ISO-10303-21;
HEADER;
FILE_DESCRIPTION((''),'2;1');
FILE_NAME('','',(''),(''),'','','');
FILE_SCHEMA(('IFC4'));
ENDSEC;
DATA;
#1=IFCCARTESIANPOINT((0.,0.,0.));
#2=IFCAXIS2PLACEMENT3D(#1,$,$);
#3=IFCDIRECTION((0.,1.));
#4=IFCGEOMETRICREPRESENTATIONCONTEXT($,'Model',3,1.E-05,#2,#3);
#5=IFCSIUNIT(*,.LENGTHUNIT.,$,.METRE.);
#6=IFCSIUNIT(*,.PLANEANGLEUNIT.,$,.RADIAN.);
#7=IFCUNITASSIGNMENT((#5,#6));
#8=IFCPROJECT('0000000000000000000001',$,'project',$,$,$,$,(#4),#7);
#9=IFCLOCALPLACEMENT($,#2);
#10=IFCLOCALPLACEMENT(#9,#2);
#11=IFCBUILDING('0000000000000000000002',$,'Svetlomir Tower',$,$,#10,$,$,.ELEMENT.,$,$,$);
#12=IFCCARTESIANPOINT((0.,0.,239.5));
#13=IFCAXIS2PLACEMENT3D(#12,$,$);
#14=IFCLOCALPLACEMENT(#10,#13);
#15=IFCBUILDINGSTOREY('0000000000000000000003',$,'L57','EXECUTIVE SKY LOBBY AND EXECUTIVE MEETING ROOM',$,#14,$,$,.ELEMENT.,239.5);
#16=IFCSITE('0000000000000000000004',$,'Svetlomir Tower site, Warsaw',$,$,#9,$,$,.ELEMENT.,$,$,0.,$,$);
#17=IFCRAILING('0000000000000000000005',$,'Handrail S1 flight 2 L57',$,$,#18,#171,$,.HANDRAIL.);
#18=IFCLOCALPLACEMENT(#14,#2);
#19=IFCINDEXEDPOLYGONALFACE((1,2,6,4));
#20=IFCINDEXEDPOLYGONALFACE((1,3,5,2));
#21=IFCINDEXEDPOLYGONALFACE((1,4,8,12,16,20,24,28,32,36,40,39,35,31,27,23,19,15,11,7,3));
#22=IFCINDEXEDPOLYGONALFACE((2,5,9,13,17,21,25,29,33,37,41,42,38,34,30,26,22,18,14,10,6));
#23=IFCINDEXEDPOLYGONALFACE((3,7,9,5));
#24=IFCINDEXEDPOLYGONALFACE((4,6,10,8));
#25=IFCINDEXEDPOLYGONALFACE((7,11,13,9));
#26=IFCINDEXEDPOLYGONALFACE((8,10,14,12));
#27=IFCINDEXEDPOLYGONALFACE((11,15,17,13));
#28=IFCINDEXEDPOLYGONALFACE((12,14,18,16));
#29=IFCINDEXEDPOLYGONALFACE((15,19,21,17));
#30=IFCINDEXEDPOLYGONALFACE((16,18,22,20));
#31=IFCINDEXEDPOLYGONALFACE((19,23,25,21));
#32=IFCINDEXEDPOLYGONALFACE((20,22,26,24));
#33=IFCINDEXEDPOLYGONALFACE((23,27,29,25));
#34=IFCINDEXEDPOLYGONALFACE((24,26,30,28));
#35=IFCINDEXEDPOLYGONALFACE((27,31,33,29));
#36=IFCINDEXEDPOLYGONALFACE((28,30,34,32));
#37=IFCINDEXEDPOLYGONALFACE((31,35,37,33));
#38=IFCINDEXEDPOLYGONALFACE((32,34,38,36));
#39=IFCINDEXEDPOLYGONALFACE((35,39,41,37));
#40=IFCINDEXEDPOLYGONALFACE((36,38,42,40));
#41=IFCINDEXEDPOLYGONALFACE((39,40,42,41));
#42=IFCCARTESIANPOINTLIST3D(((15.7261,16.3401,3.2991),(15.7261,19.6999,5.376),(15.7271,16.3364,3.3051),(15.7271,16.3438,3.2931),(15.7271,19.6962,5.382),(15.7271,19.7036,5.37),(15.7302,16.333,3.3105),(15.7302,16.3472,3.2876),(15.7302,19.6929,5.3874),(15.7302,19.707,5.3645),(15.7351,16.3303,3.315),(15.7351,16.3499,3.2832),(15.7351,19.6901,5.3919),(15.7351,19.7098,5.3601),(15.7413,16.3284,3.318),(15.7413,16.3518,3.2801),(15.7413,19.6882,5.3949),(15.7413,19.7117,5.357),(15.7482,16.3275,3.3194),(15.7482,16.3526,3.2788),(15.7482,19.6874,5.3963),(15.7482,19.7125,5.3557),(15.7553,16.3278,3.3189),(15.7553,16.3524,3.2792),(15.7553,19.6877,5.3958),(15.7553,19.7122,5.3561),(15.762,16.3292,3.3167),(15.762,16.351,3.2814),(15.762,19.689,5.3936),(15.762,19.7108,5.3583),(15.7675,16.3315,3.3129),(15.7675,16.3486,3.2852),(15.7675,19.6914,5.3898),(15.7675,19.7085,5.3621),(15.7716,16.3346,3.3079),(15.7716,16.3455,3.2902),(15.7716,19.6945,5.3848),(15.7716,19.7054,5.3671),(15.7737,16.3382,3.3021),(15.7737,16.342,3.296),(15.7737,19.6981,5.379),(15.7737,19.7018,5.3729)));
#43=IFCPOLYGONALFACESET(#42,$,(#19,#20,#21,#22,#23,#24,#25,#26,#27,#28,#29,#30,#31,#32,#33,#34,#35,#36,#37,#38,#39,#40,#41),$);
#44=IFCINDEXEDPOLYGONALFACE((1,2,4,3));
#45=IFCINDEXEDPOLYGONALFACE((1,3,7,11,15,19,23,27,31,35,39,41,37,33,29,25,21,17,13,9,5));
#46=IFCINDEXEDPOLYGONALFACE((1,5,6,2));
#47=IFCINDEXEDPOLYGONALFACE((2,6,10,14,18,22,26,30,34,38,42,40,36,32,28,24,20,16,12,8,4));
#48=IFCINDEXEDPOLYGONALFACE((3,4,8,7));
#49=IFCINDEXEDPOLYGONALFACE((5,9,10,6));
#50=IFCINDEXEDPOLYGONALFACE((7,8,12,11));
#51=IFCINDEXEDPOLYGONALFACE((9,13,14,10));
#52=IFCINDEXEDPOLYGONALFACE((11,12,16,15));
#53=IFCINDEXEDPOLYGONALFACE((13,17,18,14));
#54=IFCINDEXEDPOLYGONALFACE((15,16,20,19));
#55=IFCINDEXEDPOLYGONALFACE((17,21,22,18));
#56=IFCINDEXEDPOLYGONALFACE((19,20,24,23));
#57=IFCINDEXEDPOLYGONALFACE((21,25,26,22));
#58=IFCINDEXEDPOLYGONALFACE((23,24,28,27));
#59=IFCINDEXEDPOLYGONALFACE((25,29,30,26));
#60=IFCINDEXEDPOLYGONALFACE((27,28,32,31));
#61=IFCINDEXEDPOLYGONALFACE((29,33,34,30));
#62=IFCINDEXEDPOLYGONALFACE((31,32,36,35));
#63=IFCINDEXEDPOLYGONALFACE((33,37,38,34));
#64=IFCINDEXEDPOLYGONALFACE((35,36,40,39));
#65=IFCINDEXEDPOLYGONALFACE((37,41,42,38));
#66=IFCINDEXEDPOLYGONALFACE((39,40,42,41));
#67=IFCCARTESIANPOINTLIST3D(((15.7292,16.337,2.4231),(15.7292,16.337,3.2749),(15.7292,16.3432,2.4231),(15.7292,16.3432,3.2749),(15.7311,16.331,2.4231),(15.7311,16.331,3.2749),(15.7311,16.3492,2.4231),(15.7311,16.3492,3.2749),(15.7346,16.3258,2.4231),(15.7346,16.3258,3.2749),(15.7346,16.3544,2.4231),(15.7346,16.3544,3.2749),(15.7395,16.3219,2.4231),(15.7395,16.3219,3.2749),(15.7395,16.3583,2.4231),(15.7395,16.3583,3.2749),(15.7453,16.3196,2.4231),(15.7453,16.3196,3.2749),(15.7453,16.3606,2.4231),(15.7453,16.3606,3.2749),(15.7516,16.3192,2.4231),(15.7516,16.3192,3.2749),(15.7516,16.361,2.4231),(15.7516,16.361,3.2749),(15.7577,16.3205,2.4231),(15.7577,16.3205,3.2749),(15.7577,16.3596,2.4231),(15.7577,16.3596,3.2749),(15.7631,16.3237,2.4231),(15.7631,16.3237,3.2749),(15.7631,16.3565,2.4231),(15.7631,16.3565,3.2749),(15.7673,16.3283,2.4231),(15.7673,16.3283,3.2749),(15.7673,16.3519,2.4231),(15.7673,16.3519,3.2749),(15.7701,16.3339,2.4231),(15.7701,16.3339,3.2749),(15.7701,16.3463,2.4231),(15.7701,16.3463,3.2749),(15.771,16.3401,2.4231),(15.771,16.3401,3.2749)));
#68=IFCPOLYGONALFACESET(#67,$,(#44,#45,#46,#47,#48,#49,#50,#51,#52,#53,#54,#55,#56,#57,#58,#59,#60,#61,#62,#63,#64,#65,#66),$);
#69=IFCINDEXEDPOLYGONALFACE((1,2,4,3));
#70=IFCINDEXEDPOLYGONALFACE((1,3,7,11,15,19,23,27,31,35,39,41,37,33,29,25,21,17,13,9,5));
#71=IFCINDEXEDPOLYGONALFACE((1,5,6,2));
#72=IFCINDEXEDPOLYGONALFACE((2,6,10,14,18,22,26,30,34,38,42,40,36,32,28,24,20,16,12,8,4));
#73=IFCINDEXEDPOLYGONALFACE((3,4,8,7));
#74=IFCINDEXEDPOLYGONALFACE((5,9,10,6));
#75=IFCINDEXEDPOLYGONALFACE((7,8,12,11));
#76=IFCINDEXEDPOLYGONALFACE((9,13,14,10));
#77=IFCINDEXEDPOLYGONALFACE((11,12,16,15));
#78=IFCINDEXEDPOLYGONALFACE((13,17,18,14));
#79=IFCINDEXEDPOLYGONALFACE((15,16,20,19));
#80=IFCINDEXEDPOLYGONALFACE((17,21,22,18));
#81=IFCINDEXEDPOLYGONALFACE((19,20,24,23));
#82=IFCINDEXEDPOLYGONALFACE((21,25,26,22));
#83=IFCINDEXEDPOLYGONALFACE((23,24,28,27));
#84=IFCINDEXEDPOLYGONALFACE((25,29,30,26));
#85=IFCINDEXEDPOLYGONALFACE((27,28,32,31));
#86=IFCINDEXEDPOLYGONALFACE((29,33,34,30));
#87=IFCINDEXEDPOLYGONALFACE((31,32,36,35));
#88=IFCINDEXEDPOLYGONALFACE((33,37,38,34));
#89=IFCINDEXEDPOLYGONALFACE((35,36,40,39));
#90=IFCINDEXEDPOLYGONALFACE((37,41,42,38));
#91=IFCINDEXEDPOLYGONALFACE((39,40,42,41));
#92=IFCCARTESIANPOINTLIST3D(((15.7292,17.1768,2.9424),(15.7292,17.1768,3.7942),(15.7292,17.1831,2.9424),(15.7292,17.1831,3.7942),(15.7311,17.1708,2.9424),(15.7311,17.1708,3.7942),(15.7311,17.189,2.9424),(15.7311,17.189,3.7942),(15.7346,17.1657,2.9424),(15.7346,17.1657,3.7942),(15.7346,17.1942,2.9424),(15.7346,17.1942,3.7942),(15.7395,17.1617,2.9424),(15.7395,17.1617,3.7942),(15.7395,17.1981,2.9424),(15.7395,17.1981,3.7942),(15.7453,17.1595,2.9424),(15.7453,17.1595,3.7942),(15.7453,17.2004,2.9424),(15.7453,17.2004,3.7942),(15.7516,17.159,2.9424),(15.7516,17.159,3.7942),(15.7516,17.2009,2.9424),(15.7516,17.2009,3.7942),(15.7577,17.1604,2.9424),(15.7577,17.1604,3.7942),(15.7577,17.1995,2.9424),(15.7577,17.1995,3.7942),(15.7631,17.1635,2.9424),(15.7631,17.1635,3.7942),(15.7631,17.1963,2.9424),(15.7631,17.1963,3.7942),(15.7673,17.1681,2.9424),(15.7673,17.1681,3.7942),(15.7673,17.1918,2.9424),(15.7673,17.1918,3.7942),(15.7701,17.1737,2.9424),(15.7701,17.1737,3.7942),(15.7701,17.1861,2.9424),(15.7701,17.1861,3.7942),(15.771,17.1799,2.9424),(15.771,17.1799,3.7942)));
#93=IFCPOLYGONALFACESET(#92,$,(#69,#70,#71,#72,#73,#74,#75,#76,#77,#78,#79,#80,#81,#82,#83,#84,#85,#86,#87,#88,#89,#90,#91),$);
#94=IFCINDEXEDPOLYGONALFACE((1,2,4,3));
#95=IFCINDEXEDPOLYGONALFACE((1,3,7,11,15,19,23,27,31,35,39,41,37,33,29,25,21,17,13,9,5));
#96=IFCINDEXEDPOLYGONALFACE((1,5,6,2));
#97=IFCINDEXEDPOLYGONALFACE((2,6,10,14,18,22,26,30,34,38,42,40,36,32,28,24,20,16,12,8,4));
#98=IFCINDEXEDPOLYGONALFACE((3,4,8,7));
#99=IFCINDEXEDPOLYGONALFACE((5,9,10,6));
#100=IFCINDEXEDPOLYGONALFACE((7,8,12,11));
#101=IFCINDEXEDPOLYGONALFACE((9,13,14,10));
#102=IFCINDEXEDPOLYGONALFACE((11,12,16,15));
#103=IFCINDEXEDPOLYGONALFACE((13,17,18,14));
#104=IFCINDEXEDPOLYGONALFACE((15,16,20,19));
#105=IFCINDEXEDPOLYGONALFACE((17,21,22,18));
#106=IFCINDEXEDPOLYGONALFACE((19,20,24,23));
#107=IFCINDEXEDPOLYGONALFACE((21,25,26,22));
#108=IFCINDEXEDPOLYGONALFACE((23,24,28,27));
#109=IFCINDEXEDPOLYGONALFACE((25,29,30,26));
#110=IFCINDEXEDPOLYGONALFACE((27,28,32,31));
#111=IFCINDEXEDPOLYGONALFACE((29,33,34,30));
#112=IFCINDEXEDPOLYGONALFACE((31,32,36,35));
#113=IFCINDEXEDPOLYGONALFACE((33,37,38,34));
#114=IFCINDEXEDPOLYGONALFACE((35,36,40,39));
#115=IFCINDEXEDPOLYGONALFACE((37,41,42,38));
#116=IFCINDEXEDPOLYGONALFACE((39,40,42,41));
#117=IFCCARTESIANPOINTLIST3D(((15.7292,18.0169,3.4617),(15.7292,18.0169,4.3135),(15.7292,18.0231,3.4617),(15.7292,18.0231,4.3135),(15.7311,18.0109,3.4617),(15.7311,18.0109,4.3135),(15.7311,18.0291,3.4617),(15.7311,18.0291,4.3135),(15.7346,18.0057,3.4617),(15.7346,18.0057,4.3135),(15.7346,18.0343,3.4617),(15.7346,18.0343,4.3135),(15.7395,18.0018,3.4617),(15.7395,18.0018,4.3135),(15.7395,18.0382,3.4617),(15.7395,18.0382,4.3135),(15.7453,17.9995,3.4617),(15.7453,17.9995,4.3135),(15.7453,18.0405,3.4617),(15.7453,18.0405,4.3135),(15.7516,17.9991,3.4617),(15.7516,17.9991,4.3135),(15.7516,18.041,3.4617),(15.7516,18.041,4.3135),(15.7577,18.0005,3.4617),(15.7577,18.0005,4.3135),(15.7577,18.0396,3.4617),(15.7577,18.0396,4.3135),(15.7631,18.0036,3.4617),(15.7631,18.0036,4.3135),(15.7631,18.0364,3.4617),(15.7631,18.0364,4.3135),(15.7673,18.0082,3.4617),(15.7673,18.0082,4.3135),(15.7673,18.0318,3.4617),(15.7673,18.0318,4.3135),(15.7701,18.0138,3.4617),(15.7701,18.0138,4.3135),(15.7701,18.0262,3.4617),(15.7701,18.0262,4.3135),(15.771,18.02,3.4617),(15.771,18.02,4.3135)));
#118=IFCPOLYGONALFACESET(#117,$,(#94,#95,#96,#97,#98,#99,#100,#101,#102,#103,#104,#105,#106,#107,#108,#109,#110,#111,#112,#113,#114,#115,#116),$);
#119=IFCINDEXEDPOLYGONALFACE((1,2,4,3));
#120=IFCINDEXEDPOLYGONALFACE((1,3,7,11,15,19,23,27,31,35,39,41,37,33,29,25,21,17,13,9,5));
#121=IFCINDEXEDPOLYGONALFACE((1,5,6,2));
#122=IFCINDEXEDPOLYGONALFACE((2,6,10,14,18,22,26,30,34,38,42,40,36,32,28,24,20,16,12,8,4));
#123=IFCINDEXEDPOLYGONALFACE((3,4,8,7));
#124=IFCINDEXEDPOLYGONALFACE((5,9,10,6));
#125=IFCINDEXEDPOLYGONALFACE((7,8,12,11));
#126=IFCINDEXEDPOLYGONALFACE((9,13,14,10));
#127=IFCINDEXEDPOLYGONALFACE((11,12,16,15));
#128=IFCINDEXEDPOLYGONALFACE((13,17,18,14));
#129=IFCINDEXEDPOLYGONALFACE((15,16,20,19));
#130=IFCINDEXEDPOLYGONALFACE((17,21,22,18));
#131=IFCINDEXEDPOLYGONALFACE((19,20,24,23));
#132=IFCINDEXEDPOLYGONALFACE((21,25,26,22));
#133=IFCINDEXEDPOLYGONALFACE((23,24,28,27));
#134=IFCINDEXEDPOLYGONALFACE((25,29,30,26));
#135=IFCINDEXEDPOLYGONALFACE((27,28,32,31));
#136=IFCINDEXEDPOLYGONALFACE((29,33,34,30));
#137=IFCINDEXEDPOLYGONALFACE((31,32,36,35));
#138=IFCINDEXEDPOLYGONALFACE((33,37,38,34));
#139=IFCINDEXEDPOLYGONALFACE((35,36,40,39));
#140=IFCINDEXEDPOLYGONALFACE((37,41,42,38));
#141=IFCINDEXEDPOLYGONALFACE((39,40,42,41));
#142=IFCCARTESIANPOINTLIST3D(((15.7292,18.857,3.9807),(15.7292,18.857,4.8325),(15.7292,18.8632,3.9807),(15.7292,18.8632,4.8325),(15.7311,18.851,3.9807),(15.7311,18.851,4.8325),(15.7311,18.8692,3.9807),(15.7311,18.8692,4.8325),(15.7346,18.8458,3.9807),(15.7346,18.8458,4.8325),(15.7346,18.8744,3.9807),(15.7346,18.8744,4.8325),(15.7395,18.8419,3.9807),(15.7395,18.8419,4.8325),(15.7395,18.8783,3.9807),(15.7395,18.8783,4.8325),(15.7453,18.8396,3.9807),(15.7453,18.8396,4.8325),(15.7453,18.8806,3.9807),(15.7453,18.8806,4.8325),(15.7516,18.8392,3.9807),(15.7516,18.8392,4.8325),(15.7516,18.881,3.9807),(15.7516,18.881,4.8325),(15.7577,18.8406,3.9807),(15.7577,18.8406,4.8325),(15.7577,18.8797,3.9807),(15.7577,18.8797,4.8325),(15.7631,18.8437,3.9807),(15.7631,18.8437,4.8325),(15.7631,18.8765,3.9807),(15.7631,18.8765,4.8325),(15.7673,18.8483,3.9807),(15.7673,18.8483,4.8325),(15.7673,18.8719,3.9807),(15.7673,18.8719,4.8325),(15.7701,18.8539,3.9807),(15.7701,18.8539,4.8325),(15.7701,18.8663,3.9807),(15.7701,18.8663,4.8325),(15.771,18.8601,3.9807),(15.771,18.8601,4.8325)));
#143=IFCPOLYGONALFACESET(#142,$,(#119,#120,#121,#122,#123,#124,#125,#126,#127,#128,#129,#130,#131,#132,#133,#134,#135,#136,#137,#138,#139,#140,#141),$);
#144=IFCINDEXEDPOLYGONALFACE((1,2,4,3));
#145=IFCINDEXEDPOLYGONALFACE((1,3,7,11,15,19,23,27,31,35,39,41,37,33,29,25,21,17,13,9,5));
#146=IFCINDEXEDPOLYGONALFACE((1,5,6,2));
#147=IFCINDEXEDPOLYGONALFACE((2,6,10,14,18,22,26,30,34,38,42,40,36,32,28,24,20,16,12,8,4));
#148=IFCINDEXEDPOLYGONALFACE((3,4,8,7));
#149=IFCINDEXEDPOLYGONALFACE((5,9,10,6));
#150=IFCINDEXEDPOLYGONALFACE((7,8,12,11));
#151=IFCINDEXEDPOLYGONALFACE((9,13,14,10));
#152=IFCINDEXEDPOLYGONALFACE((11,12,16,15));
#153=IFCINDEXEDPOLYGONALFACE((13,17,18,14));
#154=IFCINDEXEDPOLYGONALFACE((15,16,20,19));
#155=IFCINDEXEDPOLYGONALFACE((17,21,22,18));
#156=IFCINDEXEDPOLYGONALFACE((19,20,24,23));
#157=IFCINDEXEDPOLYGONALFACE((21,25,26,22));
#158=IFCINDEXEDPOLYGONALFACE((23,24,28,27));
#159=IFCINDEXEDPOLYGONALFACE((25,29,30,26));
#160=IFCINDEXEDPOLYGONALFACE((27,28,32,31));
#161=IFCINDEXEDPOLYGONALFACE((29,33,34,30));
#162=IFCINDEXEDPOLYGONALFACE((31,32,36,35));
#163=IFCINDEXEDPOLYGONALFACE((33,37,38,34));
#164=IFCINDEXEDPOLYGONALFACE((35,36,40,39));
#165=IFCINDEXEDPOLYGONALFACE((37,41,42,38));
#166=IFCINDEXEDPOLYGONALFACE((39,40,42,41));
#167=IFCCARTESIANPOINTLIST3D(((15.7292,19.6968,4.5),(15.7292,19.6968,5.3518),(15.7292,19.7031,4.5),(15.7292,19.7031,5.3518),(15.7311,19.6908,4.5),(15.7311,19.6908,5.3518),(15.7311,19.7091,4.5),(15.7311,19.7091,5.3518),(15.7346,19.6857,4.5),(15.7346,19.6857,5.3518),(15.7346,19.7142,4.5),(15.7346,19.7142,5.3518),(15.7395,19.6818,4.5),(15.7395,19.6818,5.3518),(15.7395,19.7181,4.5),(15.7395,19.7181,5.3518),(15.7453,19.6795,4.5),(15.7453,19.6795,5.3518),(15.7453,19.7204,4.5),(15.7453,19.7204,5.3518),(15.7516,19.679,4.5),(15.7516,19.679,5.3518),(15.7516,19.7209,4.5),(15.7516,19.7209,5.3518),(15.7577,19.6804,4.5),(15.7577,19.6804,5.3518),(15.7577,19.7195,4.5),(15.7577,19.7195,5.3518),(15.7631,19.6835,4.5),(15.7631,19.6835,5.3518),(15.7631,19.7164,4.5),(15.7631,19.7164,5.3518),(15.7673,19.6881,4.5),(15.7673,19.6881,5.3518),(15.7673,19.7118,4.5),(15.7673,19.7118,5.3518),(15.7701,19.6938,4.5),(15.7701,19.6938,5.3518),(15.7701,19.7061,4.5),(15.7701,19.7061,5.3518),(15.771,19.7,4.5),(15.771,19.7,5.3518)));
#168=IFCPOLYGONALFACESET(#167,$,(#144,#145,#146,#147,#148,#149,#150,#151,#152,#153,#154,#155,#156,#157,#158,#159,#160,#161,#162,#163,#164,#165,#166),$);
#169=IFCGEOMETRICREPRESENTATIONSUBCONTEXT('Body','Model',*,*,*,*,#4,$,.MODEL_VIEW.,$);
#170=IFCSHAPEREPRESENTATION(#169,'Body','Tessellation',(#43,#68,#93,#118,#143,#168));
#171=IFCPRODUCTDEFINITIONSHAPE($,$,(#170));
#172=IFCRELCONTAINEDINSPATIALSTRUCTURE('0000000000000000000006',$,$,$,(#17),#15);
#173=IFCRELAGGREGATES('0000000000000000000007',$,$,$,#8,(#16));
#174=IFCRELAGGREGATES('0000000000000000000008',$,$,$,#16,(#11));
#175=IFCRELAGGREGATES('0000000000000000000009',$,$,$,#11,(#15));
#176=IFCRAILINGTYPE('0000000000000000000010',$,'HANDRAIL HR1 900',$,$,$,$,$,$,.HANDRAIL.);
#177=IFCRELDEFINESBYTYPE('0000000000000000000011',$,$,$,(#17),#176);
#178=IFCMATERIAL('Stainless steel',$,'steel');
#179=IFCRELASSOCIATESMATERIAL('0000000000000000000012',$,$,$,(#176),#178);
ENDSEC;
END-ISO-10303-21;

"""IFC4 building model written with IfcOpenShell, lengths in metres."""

from ifc_helpers import new_model, si_unit, direction, frame, origin, origin_2d, place, context, subcontext, project, spatial, circle, extrude, material, type_object, element, save


model = new_model("IFC4")

# Units and contexts
model_context = context("Model", 3, precision=1e-05, world=origin(), true_north=direction((0.0, 1.0)))
body_context = subcontext(model_context, "Body", "Model", "MODEL_VIEW")
ifc_project = project(units=[si_unit("LENGTHUNIT", "METRE"), si_unit("PLANEANGLEUNIT", "RADIAN")], contexts=[model_context])

# Site, building, storey
site_placement = place(None, origin())
site = spatial("IfcSite", under=ifc_project, at=site_placement, Name="Svetlomir Tower site, Warsaw", CompositionType="ELEMENT", RefElevation=0.0)
building_placement = place(site_placement, origin())
building = spatial("IfcBuilding", under=site, at=building_placement, Name="Svetlomir Tower", CompositionType="ELEMENT")
storey_placement = place(building_placement, frame((0.0, 0.0, 239.5)))
storey = spatial("IfcBuildingStorey", under=building, at=storey_placement, Name="L57", Description="EXECUTIVE SKY LOBBY AND EXECUTIVE MEETING ROOM", CompositionType="ELEMENT", Elevation=239.5)

# Railing
ifc_material_1 = material(Name="Stainless steel", Category="steel")
railing_type_1 = type_object("IfcRailingType", Name="HANDRAIL HR1 900", PredefinedType="HANDRAIL", material=ifc_material_1)
railing_1_placement = place(storey_placement, frame((15.75, 16.3401, 2.4231)))
element("IfcRailing", 1, at=railing_1_placement, inside=storey, type_object=railing_type_1, Name="Handrail S1 flight 2 L57", PredefinedType="HANDRAIL", context=body_context, shape_type="SweptSolid", body=[
    extrude(circle(Radius=0.0239, at=origin_2d()), frame((0.0, 0.0, 0.876), z_axis=(0.0, 0.850606, 0.525803), x_axis=(-1.0, 0.0, 0.0)), (0.0, 0.0, 1.0), 3.95),
    extrude(circle(Radius=0.021, at=origin_2d()), origin(), (0.0, 0.0, 1.0), 0.8518),
    extrude(circle(Radius=0.021, at=origin_2d()), frame((0.0, 0.8398, 0.5193)), (0.0, 0.0, 1.0), 0.8518),
    extrude(circle(Radius=0.021, at=origin_2d()), frame((0.0, 1.6799, 1.0386)), (0.0, 0.0, 1.0), 0.8518),
    extrude(circle(Radius=0.021, at=origin_2d()), frame((0.0, 2.52, 1.5576)), (0.0, 0.0, 1.0), 0.8518),
    extrude(circle(Radius=0.021, at=origin_2d()), frame((0.0, 3.3599, 2.0769)), (0.0, 0.0, 1.0), 0.8518),
])

save(model, "model.ifc")
